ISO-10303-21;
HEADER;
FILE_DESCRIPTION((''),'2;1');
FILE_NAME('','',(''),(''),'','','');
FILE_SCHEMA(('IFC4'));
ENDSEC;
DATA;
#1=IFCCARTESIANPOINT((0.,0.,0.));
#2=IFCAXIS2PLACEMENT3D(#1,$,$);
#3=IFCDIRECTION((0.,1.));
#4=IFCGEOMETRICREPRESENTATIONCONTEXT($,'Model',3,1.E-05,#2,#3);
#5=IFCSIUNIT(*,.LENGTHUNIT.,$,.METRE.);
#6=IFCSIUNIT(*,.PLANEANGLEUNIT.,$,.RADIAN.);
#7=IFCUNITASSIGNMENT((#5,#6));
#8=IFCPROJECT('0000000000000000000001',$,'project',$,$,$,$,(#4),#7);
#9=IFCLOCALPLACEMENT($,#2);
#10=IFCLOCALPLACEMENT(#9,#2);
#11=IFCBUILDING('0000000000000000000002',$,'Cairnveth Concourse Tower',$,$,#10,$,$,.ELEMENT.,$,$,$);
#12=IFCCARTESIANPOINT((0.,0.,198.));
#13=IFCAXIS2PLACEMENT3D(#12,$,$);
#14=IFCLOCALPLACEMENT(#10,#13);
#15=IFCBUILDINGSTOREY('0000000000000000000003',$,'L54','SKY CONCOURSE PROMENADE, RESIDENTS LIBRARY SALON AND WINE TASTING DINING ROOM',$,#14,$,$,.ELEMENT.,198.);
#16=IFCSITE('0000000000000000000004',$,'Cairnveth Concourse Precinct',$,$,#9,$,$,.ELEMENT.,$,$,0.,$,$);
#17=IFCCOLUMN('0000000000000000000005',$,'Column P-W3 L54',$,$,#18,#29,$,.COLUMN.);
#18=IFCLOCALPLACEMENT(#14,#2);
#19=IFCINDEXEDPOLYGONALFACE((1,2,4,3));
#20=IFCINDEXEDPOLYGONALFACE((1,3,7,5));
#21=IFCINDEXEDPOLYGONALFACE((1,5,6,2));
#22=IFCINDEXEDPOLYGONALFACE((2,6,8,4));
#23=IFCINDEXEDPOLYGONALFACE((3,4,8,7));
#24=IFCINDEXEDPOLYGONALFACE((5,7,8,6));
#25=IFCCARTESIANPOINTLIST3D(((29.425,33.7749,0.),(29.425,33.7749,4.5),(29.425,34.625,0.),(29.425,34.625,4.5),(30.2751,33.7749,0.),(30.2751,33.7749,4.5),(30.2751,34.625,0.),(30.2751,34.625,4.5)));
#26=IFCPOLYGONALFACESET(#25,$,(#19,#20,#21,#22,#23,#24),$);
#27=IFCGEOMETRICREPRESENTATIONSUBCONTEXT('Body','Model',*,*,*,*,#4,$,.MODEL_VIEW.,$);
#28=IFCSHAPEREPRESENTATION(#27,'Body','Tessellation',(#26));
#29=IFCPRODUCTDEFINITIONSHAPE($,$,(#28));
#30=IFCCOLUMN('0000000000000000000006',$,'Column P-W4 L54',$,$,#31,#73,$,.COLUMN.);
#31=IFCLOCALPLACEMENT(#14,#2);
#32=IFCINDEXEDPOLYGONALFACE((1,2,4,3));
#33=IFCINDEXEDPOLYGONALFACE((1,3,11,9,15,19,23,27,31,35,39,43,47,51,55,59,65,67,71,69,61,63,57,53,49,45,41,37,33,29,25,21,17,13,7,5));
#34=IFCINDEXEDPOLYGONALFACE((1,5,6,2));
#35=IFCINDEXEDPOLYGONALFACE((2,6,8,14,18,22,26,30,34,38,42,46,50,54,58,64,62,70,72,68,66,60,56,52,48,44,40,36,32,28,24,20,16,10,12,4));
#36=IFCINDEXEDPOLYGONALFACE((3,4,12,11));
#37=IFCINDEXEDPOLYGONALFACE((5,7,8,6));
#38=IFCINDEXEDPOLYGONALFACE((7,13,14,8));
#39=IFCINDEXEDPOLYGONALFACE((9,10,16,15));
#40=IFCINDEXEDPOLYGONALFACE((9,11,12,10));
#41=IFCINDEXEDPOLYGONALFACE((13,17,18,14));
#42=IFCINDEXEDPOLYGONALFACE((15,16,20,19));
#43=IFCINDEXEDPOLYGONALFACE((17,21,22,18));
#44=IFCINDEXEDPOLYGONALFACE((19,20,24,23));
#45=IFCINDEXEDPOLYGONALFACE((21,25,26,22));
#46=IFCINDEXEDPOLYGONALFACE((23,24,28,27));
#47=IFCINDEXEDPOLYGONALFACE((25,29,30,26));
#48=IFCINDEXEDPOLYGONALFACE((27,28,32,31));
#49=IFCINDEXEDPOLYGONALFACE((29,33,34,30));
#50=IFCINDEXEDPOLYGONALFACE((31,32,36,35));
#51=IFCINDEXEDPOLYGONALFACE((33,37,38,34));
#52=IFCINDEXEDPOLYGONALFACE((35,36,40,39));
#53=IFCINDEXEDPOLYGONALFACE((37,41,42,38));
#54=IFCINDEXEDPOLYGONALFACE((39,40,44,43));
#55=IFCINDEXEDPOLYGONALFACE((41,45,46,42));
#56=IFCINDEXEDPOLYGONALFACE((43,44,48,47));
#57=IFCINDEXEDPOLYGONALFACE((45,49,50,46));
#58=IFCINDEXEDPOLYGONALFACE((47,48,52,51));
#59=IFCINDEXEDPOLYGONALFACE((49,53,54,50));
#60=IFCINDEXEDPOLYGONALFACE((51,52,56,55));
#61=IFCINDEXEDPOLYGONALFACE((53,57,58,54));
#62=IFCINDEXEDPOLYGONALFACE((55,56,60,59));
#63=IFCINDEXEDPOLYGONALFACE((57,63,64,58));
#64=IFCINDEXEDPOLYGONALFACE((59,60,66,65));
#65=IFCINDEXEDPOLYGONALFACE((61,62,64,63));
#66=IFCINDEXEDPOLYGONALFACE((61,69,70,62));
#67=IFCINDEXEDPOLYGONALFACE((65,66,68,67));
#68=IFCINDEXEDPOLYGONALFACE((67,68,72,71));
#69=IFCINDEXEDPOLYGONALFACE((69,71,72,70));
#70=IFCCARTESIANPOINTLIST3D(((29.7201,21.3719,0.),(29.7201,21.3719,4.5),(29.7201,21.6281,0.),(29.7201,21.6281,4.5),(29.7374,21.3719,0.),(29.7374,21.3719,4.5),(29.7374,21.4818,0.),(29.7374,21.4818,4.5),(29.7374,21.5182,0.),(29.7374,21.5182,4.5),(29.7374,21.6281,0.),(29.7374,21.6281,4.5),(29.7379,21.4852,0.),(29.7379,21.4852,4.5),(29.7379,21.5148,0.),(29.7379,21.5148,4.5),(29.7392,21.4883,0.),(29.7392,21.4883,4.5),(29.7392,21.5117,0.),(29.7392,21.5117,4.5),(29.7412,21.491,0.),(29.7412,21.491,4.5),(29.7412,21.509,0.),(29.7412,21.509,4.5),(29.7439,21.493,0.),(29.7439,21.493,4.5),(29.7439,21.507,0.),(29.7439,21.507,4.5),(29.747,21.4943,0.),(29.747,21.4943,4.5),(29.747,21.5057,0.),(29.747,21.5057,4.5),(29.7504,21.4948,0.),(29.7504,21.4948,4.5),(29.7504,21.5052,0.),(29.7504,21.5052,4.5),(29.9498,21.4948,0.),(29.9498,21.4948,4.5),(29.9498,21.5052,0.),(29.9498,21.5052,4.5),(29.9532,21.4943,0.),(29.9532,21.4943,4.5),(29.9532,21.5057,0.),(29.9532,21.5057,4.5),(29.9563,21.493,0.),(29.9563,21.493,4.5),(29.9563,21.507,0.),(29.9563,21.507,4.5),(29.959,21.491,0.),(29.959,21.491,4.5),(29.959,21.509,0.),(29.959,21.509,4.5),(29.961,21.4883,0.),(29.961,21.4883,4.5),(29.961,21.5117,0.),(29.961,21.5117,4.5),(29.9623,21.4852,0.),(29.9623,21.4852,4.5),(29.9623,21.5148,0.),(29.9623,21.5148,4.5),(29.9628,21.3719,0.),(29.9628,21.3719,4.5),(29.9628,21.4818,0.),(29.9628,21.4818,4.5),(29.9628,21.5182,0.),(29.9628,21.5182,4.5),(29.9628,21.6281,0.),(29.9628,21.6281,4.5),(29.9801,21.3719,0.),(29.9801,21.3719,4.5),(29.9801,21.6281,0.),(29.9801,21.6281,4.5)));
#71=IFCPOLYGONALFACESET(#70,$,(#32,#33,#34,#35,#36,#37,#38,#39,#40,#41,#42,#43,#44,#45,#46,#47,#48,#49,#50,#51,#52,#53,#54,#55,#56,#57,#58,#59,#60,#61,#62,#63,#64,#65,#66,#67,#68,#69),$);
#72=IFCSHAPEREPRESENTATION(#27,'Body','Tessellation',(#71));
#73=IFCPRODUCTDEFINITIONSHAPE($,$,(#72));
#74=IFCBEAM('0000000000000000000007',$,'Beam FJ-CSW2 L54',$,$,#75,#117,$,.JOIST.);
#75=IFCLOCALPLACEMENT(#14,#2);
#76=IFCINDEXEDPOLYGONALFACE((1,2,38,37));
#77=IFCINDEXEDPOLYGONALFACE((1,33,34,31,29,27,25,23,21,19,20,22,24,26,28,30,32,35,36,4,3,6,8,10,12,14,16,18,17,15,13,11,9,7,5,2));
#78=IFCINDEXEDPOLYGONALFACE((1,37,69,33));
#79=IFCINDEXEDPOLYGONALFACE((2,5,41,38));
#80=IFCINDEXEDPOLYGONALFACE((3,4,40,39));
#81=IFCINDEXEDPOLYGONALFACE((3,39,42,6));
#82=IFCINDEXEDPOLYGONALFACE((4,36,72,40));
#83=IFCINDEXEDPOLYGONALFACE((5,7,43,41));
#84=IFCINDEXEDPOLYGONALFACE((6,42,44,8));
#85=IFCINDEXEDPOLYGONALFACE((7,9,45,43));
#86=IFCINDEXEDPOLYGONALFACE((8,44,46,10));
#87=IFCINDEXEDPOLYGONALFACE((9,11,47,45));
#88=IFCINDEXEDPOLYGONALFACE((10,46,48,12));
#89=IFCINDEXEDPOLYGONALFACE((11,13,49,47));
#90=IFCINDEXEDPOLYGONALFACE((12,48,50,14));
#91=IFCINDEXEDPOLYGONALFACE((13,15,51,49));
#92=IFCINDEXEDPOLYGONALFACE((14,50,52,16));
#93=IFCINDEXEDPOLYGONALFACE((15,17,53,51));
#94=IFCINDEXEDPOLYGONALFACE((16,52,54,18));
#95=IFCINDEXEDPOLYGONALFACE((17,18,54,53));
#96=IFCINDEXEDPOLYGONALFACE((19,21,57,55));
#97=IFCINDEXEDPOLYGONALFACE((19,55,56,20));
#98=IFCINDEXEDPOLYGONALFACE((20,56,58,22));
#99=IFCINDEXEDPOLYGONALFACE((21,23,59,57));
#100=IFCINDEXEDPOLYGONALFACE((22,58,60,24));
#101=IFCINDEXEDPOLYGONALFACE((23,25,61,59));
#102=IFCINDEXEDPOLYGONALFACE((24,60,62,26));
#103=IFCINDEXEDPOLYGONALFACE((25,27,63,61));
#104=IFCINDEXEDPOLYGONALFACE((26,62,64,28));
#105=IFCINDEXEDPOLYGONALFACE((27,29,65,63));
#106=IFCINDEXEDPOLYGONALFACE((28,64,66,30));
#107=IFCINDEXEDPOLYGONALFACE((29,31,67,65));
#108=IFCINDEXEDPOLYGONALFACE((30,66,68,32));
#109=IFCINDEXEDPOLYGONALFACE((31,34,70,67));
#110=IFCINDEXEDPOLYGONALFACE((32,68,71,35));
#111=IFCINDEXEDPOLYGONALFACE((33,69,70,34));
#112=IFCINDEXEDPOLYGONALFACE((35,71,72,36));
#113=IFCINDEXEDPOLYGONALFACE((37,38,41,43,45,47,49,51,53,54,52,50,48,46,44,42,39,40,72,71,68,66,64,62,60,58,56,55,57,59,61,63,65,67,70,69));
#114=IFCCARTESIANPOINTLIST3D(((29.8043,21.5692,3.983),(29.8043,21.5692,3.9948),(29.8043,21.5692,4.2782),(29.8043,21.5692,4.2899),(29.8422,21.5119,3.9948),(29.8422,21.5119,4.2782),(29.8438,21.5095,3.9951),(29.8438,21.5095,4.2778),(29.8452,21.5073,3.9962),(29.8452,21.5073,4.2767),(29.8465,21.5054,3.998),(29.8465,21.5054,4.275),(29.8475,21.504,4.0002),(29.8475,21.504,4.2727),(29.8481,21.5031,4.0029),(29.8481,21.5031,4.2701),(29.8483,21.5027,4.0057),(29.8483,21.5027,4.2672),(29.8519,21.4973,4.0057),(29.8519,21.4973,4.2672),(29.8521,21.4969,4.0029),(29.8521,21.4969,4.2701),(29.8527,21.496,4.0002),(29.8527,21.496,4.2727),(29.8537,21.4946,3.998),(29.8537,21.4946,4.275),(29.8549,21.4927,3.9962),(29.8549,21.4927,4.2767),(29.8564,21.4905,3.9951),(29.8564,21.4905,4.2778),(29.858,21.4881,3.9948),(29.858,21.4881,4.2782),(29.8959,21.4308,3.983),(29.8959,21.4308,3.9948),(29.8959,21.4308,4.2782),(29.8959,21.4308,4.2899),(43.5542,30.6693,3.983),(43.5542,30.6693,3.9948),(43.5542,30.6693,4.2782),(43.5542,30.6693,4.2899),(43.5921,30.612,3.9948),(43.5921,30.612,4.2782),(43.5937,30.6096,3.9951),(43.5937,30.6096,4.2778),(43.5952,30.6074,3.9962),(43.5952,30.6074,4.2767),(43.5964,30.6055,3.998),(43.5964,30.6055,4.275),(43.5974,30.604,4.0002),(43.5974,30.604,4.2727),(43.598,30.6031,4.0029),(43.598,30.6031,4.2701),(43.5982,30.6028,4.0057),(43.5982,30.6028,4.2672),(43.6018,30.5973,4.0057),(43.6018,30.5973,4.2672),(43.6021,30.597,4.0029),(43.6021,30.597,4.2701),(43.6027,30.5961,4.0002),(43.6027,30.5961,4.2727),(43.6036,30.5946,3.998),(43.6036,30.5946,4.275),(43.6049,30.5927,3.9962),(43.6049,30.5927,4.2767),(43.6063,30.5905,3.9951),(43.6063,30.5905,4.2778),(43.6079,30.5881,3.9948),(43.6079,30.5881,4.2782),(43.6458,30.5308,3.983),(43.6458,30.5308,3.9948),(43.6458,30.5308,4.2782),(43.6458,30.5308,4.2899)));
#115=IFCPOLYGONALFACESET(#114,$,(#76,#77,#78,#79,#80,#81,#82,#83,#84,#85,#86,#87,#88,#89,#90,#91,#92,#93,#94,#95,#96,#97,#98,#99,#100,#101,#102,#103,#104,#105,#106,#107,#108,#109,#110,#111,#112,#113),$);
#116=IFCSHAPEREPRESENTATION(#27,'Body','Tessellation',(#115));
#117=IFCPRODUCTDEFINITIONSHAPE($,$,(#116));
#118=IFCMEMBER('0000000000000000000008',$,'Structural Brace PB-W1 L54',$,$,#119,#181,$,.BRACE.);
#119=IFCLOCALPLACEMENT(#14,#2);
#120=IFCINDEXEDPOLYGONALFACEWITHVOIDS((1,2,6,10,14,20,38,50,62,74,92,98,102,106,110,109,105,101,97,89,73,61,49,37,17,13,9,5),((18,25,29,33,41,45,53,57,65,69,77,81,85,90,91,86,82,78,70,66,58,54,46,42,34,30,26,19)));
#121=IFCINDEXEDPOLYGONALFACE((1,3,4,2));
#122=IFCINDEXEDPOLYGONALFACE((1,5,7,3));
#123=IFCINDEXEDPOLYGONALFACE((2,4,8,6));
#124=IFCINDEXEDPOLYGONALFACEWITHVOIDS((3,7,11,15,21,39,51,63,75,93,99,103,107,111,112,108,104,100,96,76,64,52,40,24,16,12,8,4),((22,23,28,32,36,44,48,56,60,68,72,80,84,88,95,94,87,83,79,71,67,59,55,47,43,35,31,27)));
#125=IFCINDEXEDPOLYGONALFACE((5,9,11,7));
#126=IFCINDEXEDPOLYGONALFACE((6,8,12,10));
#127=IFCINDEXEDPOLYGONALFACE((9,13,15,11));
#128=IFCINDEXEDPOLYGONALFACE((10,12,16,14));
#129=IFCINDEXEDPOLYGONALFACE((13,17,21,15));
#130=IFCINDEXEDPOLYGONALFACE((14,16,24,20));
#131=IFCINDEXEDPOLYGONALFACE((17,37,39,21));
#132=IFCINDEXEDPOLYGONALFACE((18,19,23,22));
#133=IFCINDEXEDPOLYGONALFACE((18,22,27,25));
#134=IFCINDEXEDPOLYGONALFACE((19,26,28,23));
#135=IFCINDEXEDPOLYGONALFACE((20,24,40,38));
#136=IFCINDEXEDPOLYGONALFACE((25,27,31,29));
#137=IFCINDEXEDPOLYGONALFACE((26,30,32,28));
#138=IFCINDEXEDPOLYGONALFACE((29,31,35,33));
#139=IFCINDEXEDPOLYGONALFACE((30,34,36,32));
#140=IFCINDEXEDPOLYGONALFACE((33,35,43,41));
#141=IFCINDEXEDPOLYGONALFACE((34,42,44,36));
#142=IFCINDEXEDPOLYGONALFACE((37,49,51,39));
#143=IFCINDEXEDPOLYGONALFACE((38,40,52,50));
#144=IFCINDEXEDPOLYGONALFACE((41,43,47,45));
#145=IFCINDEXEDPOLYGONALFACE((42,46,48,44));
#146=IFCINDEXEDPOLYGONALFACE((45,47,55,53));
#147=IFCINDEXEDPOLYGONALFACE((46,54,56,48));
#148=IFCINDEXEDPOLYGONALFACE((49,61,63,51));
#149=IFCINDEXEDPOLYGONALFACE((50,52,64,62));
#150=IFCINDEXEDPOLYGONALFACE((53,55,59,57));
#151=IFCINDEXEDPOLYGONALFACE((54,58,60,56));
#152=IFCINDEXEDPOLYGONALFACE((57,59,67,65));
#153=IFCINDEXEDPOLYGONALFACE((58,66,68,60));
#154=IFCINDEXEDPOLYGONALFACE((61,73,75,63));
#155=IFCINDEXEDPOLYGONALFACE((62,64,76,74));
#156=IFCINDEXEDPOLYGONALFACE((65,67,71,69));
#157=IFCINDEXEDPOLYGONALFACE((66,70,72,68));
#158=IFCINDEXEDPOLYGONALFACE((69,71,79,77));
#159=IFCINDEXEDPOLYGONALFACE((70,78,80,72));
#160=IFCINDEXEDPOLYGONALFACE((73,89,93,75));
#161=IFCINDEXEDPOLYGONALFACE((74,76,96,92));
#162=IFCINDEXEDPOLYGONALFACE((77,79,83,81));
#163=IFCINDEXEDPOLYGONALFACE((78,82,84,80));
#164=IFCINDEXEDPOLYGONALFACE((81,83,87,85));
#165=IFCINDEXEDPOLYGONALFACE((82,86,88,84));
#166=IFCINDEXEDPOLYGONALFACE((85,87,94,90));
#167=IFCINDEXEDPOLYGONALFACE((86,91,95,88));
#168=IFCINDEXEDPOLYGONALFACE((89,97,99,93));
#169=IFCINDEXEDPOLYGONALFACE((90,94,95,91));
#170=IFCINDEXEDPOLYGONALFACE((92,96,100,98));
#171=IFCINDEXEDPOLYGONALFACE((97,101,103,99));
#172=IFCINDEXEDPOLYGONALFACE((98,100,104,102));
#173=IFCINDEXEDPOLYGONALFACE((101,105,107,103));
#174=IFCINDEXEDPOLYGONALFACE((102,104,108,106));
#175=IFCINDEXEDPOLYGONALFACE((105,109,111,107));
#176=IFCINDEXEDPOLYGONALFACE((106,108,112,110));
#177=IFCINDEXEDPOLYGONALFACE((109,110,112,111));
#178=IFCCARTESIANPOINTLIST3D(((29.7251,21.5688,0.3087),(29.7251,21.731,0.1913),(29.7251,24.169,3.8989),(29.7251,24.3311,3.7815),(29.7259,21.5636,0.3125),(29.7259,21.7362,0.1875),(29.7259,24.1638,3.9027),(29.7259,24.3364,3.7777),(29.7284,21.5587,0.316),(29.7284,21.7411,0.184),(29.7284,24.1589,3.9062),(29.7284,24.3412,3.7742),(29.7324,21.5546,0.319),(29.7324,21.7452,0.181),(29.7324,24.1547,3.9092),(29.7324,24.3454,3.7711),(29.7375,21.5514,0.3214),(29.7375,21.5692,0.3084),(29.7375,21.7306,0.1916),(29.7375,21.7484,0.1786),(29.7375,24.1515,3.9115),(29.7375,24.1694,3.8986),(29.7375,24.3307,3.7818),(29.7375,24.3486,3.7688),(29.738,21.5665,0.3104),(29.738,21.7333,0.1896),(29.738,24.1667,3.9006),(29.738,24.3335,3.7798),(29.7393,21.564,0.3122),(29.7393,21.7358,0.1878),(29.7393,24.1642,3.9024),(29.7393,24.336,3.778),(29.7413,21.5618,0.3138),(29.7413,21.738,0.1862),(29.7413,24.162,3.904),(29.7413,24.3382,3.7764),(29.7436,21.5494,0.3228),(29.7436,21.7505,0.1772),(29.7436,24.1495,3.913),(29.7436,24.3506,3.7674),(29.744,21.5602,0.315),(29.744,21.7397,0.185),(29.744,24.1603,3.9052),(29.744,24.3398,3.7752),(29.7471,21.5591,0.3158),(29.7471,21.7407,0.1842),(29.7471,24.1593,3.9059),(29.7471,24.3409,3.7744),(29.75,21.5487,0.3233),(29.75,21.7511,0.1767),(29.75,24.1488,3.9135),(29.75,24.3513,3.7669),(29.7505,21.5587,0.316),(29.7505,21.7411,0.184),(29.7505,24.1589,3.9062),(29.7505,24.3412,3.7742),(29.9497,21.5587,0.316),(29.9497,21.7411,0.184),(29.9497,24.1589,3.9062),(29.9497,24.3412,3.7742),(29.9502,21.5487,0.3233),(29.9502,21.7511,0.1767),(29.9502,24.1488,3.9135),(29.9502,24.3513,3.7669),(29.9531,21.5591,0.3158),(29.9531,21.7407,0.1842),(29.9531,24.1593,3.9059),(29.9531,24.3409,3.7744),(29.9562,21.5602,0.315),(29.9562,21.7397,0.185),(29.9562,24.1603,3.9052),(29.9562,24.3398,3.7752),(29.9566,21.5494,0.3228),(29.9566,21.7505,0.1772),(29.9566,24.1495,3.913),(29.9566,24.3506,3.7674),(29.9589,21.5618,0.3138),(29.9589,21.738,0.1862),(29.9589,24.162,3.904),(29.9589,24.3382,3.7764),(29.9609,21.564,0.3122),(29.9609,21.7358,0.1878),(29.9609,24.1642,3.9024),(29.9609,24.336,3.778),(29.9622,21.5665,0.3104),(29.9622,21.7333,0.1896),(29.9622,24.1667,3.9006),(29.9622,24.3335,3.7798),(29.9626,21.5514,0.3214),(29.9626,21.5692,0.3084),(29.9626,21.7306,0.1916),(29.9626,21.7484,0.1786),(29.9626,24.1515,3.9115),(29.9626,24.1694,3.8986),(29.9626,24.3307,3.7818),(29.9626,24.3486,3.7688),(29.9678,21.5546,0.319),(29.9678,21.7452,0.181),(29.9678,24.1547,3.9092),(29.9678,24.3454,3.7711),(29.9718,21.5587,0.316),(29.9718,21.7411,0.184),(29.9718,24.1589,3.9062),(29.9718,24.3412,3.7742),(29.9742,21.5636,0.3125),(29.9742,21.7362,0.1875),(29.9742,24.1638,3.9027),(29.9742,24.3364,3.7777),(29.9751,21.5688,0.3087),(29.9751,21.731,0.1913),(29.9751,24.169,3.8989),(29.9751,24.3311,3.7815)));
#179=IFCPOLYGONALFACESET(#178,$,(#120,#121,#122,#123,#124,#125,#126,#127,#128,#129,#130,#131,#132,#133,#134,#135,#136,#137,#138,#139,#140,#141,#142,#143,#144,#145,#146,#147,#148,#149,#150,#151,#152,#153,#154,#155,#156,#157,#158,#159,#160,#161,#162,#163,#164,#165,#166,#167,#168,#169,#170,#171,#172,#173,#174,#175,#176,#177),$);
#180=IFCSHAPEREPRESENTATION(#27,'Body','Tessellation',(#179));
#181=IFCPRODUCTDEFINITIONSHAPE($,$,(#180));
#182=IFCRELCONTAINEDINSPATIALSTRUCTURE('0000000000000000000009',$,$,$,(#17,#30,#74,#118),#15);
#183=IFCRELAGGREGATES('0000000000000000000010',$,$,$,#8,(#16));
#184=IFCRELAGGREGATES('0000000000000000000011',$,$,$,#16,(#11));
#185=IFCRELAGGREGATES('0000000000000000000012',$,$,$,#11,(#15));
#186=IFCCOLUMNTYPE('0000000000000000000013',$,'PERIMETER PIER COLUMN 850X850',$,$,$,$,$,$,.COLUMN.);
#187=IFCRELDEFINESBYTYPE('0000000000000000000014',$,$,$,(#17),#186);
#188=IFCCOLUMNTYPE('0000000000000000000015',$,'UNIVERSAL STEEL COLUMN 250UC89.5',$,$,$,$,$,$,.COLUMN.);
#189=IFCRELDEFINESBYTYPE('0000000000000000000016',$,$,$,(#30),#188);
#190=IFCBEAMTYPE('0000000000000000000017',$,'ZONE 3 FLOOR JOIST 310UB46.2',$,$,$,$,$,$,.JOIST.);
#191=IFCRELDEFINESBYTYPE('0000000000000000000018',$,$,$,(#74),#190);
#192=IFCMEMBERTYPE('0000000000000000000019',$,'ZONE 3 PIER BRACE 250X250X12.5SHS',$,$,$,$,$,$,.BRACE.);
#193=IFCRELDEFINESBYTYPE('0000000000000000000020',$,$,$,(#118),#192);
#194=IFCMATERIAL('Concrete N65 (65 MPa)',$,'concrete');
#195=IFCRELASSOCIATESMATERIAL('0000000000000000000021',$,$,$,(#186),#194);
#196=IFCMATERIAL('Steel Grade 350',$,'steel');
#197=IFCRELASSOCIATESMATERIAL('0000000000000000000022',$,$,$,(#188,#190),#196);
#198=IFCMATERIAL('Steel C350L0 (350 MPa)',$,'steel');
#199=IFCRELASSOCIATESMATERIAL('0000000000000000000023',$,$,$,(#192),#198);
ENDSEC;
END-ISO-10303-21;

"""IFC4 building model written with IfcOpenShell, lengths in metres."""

from ifc_helpers import new_model, si_unit, direction, frame, origin, origin_2d, place, context, subcontext, project, spatial, rectangle, hollow_rectangle, i_section, extrude, material, material_profile, profile_set, type_object, element, save


model = new_model("IFC4")

# Units and contexts
model_context = context("Model", 3, precision=1e-05, world=origin(), true_north=direction((0.0, 1.0)))
body_context = subcontext(model_context, "Body", "Model", "MODEL_VIEW")
ifc_project = project(units=[si_unit("LENGTHUNIT", "METRE"), si_unit("PLANEANGLEUNIT", "RADIAN")], contexts=[model_context])

# Site, building, storey
site_placement = place(None, origin())
site = spatial("IfcSite", under=ifc_project, at=site_placement, Name="Cairnveth Concourse Precinct", CompositionType="ELEMENT", RefElevation=0.0)
building_placement = place(site_placement, origin())
building = spatial("IfcBuilding", under=site, at=building_placement, Name="Cairnveth Concourse Tower", CompositionType="ELEMENT")
storey_placement = place(building_placement, frame((0.0, 0.0, 198.0)))
storey = spatial("IfcBuildingStorey", under=building, at=storey_placement, Name="L54", Description="SKY CONCOURSE PROMENADE, RESIDENTS LIBRARY SALON AND WINE TASTING DINING ROOM", CompositionType="ELEMENT", Elevation=198.0)

# Columns
ifc_material_1 = material(Name="Concrete N65 (65 MPa)", Category="concrete")
ifc_material_profile_1 = material_profile(ifc_material_1, rectangle(XDim=0.8501, YDim=0.8501, at=origin_2d()), Name="RC-COL-850x850")
ifc_profile_set_1 = profile_set([ifc_material_profile_1], Name="Concrete N65 (65 MPa)")
column_type_1 = type_object("IfcColumnType", Name="PERIMETER PIER COLUMN 850X850", PredefinedType="COLUMN", material=ifc_profile_set_1)
column_1_placement = place(storey_placement, frame((29.8501, 34.2, 0.0), z_axis=(0.0, 0.0, 1.0), x_axis=(0.0, 1.0, 0.0)))
element("IfcColumn", 1, at=column_1_placement, inside=storey, type_object=column_type_1, Name="Column P-W3 L54", PredefinedType="COLUMN", context=body_context, shape_type="SweptSolid", body=[
    extrude(rectangle(XDim=0.8501, YDim=0.8501, at=origin_2d()), origin(), (0.0, 0.0, 1.0), 4.5),
])
ifc_material_2 = material(Name="Steel Grade 350", Category="steel")
ifc_material_profile_2 = material_profile(ifc_material_2, i_section(OverallWidth=0.2561, OverallDepth=0.26, WebThickness=0.0105, FlangeThickness=0.0173, FilletRadius=0.0129, at=origin_2d()), Name="250UC89.5")
ifc_profile_set_2 = profile_set([ifc_material_profile_2], Name="Steel Grade 350")
column_type_2 = type_object("IfcColumnType", Name="UNIVERSAL STEEL COLUMN 250UC89.5", PredefinedType="COLUMN", material=ifc_profile_set_2)
column_2_placement = place(storey_placement, frame((29.8501, 21.5, 0.0), z_axis=(0.0, 0.0, 1.0), x_axis=(0.0, 1.0, 0.0)))
element("IfcColumn", 2, at=column_2_placement, inside=storey, type_object=column_type_2, Name="Column P-W4 L54", PredefinedType="COLUMN", context=body_context, shape_type="SweptSolid", body=[
    extrude(i_section(OverallWidth=0.2561, OverallDepth=0.26, WebThickness=0.0105, FlangeThickness=0.0173, FilletRadius=0.0129, at=origin_2d()), origin(), (0.0, 0.0, 1.0), 4.5),
])

# Beam
ifc_material_profile_3 = material_profile(ifc_material_2, i_section(OverallWidth=0.166, OverallDepth=0.3069, WebThickness=0.0066, FlangeThickness=0.0117, FilletRadius=0.011, at=origin_2d()), Name="310UB46.2")
ifc_profile_set_3 = profile_set([ifc_material_profile_3], Name="Steel Grade 350")
beam_type_1 = type_object("IfcBeamType", Name="ZONE 3 FLOOR JOIST 310UB46.2", PredefinedType="JOIST", material=ifc_profile_set_3)
beam_1_placement = place(storey_placement, frame((29.8501, 21.5, 4.1365), z_axis=(0.833909, 0.551902, 0.0), x_axis=(-0.551902, 0.833909, 0.0)))
element("IfcBeam", 3, at=beam_1_placement, inside=storey, type_object=beam_type_1, Name="Beam FJ-CSW2 L54", PredefinedType="JOIST", context=body_context, shape_type="SweptSolid", body=[
    extrude(i_section(OverallWidth=0.166, OverallDepth=0.3069, WebThickness=0.0066, FlangeThickness=0.0117, FilletRadius=0.011, at=origin_2d()), origin(), (0.0, 0.0, 1.0), 16.4885),
])

# Member
ifc_material_3 = material(Name="Steel C350L0 (350 MPa)", Category="steel")
ifc_material_profile_4 = material_profile(ifc_material_3, hollow_rectangle(XDim=0.25, YDim=0.25, WallThickness=0.0125, InnerFilletRadius=0.0129, OuterFilletRadius=0.0249, at=origin_2d()), Name="250x250x12.5SHS")
ifc_profile_set_4 = profile_set([ifc_material_profile_4], Name="Steel C350L0 (350 MPa)")
member_type = type_object("IfcMemberType", Name="ZONE 3 PIER BRACE 250X250X12.5SHS", PredefinedType="BRACE", material=ifc_profile_set_4)
member_placement = place(storey_placement, frame((29.8501, 21.6499, 0.25), z_axis=(0.0, 0.586566, 0.809902), x_axis=(-1.0, 0.0, 0.0)))
element("IfcMember", 4, at=member_placement, inside=storey, type_object=member_type, Name="Structural Brace PB-W1 L54", PredefinedType="BRACE", context=body_context, shape_type="SweptSolid", body=[
    extrude(hollow_rectangle(XDim=0.25, YDim=0.25, WallThickness=0.0125, InnerFilletRadius=0.0129, OuterFilletRadius=0.0249, at=origin_2d()), origin(), (0.0, 0.0, 1.0), 4.4329),
])

save(model, "model.ifc")
